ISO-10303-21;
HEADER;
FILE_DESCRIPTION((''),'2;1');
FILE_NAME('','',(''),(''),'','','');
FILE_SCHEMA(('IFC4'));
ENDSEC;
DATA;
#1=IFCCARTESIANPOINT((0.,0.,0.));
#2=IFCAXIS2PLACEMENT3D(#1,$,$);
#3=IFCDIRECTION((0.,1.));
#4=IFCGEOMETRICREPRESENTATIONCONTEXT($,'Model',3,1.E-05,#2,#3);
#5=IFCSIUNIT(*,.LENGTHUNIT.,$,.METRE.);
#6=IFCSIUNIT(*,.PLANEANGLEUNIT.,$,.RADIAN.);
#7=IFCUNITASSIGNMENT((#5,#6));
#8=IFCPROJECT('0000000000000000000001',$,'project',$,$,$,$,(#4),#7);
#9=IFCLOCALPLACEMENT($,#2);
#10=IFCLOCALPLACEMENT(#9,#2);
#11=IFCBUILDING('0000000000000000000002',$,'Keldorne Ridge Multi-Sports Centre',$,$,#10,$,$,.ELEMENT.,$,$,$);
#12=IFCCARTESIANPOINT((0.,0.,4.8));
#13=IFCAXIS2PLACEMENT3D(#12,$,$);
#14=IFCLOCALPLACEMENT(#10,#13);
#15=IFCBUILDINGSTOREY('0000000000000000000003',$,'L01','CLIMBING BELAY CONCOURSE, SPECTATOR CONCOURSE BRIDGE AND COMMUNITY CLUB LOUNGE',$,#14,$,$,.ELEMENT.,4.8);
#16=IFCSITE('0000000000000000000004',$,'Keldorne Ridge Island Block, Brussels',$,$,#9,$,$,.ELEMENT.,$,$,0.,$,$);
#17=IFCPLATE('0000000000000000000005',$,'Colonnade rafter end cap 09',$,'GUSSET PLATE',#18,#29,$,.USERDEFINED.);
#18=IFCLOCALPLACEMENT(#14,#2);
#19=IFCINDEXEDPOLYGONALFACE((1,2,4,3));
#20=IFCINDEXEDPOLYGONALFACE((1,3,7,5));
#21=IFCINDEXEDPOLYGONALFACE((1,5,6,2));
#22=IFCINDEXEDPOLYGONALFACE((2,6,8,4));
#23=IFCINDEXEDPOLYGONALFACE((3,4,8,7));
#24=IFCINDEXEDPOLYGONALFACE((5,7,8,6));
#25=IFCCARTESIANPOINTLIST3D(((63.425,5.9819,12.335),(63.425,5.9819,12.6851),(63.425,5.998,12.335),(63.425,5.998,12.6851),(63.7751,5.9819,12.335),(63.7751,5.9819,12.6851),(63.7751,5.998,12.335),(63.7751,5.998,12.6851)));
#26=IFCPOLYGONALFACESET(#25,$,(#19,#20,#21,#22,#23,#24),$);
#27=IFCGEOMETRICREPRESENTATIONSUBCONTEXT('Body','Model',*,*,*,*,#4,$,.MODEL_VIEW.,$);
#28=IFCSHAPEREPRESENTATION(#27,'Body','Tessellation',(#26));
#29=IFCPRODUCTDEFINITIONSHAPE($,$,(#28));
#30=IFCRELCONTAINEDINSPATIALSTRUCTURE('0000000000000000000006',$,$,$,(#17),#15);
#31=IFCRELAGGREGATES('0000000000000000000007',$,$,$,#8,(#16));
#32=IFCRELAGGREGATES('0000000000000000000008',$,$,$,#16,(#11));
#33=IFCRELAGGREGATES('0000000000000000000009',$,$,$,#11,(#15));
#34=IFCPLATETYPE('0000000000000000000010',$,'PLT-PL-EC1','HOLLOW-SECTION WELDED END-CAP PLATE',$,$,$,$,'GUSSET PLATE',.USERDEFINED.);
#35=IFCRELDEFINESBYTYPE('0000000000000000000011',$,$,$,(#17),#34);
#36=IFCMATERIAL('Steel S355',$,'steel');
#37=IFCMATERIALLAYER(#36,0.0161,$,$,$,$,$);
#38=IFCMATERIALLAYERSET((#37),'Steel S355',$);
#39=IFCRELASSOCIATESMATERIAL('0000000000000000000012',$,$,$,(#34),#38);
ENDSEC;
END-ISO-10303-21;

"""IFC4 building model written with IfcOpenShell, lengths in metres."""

from ifc_helpers import new_model, si_unit, direction, frame, origin, origin_2d, place, context, subcontext, project, spatial, rectangle, extrude, material, layer, layer_set, type_object, element, save


model = new_model("IFC4")

# Units and contexts
model_context = context("Model", 3, precision=1e-05, world=origin(), true_north=direction((0.0, 1.0)))
body_context = subcontext(model_context, "Body", "Model", "MODEL_VIEW")
ifc_project = project(units=[si_unit("LENGTHUNIT", "METRE"), si_unit("PLANEANGLEUNIT", "RADIAN")], contexts=[model_context])

# Site, building, storey
site_placement = place(None, origin())
site = spatial("IfcSite", under=ifc_project, at=site_placement, Name="Keldorne Ridge Island Block, Brussels", CompositionType="ELEMENT", RefElevation=0.0)
building_placement = place(site_placement, origin())
building = spatial("IfcBuilding", under=site, at=building_placement, Name="Keldorne Ridge Multi-Sports Centre", CompositionType="ELEMENT")
storey_placement = place(building_placement, frame((0.0, 0.0, 4.8)))
storey = spatial("IfcBuildingStorey", under=building, at=storey_placement, Name="L01", Description="CLIMBING BELAY CONCOURSE, SPECTATOR CONCOURSE BRIDGE AND COMMUNITY CLUB LOUNGE", CompositionType="ELEMENT", Elevation=4.8)

# Shared definitions
ifc_material_1 = material(Name="Steel S355", Category="steel")

# Plate
ifc_layer_1 = layer(ifc_material_1, 0.0161)
ifc_layer_set_1 = layer_set([ifc_layer_1], Name="Steel S355")
plate_type_1 = type_object("IfcPlateType", Name="PLT-PL-EC1", Description="HOLLOW-SECTION WELDED END-CAP PLATE", ElementType="GUSSET PLATE", PredefinedType="USERDEFINED", material=ifc_layer_set_1)
plate_1_placement = place(storey_placement, frame((63.6001, 5.99, 12.335), z_axis=(0.0, 0.0, 1.0), x_axis=(1.0, 0.0, 0.0)))
element("IfcPlate", 1, at=plate_1_placement, inside=storey, type_object=plate_type_1, Name="Colonnade rafter end cap 09", ObjectType="GUSSET PLATE", PredefinedType="USERDEFINED", context=body_context, shape_type="SweptSolid", body=[
    extrude(rectangle(XDim=0.3501, YDim=0.0161, at=origin_2d()), origin(), (0.0, 0.0, 1.0), 0.3501),
])

save(model, "model.ifc")
